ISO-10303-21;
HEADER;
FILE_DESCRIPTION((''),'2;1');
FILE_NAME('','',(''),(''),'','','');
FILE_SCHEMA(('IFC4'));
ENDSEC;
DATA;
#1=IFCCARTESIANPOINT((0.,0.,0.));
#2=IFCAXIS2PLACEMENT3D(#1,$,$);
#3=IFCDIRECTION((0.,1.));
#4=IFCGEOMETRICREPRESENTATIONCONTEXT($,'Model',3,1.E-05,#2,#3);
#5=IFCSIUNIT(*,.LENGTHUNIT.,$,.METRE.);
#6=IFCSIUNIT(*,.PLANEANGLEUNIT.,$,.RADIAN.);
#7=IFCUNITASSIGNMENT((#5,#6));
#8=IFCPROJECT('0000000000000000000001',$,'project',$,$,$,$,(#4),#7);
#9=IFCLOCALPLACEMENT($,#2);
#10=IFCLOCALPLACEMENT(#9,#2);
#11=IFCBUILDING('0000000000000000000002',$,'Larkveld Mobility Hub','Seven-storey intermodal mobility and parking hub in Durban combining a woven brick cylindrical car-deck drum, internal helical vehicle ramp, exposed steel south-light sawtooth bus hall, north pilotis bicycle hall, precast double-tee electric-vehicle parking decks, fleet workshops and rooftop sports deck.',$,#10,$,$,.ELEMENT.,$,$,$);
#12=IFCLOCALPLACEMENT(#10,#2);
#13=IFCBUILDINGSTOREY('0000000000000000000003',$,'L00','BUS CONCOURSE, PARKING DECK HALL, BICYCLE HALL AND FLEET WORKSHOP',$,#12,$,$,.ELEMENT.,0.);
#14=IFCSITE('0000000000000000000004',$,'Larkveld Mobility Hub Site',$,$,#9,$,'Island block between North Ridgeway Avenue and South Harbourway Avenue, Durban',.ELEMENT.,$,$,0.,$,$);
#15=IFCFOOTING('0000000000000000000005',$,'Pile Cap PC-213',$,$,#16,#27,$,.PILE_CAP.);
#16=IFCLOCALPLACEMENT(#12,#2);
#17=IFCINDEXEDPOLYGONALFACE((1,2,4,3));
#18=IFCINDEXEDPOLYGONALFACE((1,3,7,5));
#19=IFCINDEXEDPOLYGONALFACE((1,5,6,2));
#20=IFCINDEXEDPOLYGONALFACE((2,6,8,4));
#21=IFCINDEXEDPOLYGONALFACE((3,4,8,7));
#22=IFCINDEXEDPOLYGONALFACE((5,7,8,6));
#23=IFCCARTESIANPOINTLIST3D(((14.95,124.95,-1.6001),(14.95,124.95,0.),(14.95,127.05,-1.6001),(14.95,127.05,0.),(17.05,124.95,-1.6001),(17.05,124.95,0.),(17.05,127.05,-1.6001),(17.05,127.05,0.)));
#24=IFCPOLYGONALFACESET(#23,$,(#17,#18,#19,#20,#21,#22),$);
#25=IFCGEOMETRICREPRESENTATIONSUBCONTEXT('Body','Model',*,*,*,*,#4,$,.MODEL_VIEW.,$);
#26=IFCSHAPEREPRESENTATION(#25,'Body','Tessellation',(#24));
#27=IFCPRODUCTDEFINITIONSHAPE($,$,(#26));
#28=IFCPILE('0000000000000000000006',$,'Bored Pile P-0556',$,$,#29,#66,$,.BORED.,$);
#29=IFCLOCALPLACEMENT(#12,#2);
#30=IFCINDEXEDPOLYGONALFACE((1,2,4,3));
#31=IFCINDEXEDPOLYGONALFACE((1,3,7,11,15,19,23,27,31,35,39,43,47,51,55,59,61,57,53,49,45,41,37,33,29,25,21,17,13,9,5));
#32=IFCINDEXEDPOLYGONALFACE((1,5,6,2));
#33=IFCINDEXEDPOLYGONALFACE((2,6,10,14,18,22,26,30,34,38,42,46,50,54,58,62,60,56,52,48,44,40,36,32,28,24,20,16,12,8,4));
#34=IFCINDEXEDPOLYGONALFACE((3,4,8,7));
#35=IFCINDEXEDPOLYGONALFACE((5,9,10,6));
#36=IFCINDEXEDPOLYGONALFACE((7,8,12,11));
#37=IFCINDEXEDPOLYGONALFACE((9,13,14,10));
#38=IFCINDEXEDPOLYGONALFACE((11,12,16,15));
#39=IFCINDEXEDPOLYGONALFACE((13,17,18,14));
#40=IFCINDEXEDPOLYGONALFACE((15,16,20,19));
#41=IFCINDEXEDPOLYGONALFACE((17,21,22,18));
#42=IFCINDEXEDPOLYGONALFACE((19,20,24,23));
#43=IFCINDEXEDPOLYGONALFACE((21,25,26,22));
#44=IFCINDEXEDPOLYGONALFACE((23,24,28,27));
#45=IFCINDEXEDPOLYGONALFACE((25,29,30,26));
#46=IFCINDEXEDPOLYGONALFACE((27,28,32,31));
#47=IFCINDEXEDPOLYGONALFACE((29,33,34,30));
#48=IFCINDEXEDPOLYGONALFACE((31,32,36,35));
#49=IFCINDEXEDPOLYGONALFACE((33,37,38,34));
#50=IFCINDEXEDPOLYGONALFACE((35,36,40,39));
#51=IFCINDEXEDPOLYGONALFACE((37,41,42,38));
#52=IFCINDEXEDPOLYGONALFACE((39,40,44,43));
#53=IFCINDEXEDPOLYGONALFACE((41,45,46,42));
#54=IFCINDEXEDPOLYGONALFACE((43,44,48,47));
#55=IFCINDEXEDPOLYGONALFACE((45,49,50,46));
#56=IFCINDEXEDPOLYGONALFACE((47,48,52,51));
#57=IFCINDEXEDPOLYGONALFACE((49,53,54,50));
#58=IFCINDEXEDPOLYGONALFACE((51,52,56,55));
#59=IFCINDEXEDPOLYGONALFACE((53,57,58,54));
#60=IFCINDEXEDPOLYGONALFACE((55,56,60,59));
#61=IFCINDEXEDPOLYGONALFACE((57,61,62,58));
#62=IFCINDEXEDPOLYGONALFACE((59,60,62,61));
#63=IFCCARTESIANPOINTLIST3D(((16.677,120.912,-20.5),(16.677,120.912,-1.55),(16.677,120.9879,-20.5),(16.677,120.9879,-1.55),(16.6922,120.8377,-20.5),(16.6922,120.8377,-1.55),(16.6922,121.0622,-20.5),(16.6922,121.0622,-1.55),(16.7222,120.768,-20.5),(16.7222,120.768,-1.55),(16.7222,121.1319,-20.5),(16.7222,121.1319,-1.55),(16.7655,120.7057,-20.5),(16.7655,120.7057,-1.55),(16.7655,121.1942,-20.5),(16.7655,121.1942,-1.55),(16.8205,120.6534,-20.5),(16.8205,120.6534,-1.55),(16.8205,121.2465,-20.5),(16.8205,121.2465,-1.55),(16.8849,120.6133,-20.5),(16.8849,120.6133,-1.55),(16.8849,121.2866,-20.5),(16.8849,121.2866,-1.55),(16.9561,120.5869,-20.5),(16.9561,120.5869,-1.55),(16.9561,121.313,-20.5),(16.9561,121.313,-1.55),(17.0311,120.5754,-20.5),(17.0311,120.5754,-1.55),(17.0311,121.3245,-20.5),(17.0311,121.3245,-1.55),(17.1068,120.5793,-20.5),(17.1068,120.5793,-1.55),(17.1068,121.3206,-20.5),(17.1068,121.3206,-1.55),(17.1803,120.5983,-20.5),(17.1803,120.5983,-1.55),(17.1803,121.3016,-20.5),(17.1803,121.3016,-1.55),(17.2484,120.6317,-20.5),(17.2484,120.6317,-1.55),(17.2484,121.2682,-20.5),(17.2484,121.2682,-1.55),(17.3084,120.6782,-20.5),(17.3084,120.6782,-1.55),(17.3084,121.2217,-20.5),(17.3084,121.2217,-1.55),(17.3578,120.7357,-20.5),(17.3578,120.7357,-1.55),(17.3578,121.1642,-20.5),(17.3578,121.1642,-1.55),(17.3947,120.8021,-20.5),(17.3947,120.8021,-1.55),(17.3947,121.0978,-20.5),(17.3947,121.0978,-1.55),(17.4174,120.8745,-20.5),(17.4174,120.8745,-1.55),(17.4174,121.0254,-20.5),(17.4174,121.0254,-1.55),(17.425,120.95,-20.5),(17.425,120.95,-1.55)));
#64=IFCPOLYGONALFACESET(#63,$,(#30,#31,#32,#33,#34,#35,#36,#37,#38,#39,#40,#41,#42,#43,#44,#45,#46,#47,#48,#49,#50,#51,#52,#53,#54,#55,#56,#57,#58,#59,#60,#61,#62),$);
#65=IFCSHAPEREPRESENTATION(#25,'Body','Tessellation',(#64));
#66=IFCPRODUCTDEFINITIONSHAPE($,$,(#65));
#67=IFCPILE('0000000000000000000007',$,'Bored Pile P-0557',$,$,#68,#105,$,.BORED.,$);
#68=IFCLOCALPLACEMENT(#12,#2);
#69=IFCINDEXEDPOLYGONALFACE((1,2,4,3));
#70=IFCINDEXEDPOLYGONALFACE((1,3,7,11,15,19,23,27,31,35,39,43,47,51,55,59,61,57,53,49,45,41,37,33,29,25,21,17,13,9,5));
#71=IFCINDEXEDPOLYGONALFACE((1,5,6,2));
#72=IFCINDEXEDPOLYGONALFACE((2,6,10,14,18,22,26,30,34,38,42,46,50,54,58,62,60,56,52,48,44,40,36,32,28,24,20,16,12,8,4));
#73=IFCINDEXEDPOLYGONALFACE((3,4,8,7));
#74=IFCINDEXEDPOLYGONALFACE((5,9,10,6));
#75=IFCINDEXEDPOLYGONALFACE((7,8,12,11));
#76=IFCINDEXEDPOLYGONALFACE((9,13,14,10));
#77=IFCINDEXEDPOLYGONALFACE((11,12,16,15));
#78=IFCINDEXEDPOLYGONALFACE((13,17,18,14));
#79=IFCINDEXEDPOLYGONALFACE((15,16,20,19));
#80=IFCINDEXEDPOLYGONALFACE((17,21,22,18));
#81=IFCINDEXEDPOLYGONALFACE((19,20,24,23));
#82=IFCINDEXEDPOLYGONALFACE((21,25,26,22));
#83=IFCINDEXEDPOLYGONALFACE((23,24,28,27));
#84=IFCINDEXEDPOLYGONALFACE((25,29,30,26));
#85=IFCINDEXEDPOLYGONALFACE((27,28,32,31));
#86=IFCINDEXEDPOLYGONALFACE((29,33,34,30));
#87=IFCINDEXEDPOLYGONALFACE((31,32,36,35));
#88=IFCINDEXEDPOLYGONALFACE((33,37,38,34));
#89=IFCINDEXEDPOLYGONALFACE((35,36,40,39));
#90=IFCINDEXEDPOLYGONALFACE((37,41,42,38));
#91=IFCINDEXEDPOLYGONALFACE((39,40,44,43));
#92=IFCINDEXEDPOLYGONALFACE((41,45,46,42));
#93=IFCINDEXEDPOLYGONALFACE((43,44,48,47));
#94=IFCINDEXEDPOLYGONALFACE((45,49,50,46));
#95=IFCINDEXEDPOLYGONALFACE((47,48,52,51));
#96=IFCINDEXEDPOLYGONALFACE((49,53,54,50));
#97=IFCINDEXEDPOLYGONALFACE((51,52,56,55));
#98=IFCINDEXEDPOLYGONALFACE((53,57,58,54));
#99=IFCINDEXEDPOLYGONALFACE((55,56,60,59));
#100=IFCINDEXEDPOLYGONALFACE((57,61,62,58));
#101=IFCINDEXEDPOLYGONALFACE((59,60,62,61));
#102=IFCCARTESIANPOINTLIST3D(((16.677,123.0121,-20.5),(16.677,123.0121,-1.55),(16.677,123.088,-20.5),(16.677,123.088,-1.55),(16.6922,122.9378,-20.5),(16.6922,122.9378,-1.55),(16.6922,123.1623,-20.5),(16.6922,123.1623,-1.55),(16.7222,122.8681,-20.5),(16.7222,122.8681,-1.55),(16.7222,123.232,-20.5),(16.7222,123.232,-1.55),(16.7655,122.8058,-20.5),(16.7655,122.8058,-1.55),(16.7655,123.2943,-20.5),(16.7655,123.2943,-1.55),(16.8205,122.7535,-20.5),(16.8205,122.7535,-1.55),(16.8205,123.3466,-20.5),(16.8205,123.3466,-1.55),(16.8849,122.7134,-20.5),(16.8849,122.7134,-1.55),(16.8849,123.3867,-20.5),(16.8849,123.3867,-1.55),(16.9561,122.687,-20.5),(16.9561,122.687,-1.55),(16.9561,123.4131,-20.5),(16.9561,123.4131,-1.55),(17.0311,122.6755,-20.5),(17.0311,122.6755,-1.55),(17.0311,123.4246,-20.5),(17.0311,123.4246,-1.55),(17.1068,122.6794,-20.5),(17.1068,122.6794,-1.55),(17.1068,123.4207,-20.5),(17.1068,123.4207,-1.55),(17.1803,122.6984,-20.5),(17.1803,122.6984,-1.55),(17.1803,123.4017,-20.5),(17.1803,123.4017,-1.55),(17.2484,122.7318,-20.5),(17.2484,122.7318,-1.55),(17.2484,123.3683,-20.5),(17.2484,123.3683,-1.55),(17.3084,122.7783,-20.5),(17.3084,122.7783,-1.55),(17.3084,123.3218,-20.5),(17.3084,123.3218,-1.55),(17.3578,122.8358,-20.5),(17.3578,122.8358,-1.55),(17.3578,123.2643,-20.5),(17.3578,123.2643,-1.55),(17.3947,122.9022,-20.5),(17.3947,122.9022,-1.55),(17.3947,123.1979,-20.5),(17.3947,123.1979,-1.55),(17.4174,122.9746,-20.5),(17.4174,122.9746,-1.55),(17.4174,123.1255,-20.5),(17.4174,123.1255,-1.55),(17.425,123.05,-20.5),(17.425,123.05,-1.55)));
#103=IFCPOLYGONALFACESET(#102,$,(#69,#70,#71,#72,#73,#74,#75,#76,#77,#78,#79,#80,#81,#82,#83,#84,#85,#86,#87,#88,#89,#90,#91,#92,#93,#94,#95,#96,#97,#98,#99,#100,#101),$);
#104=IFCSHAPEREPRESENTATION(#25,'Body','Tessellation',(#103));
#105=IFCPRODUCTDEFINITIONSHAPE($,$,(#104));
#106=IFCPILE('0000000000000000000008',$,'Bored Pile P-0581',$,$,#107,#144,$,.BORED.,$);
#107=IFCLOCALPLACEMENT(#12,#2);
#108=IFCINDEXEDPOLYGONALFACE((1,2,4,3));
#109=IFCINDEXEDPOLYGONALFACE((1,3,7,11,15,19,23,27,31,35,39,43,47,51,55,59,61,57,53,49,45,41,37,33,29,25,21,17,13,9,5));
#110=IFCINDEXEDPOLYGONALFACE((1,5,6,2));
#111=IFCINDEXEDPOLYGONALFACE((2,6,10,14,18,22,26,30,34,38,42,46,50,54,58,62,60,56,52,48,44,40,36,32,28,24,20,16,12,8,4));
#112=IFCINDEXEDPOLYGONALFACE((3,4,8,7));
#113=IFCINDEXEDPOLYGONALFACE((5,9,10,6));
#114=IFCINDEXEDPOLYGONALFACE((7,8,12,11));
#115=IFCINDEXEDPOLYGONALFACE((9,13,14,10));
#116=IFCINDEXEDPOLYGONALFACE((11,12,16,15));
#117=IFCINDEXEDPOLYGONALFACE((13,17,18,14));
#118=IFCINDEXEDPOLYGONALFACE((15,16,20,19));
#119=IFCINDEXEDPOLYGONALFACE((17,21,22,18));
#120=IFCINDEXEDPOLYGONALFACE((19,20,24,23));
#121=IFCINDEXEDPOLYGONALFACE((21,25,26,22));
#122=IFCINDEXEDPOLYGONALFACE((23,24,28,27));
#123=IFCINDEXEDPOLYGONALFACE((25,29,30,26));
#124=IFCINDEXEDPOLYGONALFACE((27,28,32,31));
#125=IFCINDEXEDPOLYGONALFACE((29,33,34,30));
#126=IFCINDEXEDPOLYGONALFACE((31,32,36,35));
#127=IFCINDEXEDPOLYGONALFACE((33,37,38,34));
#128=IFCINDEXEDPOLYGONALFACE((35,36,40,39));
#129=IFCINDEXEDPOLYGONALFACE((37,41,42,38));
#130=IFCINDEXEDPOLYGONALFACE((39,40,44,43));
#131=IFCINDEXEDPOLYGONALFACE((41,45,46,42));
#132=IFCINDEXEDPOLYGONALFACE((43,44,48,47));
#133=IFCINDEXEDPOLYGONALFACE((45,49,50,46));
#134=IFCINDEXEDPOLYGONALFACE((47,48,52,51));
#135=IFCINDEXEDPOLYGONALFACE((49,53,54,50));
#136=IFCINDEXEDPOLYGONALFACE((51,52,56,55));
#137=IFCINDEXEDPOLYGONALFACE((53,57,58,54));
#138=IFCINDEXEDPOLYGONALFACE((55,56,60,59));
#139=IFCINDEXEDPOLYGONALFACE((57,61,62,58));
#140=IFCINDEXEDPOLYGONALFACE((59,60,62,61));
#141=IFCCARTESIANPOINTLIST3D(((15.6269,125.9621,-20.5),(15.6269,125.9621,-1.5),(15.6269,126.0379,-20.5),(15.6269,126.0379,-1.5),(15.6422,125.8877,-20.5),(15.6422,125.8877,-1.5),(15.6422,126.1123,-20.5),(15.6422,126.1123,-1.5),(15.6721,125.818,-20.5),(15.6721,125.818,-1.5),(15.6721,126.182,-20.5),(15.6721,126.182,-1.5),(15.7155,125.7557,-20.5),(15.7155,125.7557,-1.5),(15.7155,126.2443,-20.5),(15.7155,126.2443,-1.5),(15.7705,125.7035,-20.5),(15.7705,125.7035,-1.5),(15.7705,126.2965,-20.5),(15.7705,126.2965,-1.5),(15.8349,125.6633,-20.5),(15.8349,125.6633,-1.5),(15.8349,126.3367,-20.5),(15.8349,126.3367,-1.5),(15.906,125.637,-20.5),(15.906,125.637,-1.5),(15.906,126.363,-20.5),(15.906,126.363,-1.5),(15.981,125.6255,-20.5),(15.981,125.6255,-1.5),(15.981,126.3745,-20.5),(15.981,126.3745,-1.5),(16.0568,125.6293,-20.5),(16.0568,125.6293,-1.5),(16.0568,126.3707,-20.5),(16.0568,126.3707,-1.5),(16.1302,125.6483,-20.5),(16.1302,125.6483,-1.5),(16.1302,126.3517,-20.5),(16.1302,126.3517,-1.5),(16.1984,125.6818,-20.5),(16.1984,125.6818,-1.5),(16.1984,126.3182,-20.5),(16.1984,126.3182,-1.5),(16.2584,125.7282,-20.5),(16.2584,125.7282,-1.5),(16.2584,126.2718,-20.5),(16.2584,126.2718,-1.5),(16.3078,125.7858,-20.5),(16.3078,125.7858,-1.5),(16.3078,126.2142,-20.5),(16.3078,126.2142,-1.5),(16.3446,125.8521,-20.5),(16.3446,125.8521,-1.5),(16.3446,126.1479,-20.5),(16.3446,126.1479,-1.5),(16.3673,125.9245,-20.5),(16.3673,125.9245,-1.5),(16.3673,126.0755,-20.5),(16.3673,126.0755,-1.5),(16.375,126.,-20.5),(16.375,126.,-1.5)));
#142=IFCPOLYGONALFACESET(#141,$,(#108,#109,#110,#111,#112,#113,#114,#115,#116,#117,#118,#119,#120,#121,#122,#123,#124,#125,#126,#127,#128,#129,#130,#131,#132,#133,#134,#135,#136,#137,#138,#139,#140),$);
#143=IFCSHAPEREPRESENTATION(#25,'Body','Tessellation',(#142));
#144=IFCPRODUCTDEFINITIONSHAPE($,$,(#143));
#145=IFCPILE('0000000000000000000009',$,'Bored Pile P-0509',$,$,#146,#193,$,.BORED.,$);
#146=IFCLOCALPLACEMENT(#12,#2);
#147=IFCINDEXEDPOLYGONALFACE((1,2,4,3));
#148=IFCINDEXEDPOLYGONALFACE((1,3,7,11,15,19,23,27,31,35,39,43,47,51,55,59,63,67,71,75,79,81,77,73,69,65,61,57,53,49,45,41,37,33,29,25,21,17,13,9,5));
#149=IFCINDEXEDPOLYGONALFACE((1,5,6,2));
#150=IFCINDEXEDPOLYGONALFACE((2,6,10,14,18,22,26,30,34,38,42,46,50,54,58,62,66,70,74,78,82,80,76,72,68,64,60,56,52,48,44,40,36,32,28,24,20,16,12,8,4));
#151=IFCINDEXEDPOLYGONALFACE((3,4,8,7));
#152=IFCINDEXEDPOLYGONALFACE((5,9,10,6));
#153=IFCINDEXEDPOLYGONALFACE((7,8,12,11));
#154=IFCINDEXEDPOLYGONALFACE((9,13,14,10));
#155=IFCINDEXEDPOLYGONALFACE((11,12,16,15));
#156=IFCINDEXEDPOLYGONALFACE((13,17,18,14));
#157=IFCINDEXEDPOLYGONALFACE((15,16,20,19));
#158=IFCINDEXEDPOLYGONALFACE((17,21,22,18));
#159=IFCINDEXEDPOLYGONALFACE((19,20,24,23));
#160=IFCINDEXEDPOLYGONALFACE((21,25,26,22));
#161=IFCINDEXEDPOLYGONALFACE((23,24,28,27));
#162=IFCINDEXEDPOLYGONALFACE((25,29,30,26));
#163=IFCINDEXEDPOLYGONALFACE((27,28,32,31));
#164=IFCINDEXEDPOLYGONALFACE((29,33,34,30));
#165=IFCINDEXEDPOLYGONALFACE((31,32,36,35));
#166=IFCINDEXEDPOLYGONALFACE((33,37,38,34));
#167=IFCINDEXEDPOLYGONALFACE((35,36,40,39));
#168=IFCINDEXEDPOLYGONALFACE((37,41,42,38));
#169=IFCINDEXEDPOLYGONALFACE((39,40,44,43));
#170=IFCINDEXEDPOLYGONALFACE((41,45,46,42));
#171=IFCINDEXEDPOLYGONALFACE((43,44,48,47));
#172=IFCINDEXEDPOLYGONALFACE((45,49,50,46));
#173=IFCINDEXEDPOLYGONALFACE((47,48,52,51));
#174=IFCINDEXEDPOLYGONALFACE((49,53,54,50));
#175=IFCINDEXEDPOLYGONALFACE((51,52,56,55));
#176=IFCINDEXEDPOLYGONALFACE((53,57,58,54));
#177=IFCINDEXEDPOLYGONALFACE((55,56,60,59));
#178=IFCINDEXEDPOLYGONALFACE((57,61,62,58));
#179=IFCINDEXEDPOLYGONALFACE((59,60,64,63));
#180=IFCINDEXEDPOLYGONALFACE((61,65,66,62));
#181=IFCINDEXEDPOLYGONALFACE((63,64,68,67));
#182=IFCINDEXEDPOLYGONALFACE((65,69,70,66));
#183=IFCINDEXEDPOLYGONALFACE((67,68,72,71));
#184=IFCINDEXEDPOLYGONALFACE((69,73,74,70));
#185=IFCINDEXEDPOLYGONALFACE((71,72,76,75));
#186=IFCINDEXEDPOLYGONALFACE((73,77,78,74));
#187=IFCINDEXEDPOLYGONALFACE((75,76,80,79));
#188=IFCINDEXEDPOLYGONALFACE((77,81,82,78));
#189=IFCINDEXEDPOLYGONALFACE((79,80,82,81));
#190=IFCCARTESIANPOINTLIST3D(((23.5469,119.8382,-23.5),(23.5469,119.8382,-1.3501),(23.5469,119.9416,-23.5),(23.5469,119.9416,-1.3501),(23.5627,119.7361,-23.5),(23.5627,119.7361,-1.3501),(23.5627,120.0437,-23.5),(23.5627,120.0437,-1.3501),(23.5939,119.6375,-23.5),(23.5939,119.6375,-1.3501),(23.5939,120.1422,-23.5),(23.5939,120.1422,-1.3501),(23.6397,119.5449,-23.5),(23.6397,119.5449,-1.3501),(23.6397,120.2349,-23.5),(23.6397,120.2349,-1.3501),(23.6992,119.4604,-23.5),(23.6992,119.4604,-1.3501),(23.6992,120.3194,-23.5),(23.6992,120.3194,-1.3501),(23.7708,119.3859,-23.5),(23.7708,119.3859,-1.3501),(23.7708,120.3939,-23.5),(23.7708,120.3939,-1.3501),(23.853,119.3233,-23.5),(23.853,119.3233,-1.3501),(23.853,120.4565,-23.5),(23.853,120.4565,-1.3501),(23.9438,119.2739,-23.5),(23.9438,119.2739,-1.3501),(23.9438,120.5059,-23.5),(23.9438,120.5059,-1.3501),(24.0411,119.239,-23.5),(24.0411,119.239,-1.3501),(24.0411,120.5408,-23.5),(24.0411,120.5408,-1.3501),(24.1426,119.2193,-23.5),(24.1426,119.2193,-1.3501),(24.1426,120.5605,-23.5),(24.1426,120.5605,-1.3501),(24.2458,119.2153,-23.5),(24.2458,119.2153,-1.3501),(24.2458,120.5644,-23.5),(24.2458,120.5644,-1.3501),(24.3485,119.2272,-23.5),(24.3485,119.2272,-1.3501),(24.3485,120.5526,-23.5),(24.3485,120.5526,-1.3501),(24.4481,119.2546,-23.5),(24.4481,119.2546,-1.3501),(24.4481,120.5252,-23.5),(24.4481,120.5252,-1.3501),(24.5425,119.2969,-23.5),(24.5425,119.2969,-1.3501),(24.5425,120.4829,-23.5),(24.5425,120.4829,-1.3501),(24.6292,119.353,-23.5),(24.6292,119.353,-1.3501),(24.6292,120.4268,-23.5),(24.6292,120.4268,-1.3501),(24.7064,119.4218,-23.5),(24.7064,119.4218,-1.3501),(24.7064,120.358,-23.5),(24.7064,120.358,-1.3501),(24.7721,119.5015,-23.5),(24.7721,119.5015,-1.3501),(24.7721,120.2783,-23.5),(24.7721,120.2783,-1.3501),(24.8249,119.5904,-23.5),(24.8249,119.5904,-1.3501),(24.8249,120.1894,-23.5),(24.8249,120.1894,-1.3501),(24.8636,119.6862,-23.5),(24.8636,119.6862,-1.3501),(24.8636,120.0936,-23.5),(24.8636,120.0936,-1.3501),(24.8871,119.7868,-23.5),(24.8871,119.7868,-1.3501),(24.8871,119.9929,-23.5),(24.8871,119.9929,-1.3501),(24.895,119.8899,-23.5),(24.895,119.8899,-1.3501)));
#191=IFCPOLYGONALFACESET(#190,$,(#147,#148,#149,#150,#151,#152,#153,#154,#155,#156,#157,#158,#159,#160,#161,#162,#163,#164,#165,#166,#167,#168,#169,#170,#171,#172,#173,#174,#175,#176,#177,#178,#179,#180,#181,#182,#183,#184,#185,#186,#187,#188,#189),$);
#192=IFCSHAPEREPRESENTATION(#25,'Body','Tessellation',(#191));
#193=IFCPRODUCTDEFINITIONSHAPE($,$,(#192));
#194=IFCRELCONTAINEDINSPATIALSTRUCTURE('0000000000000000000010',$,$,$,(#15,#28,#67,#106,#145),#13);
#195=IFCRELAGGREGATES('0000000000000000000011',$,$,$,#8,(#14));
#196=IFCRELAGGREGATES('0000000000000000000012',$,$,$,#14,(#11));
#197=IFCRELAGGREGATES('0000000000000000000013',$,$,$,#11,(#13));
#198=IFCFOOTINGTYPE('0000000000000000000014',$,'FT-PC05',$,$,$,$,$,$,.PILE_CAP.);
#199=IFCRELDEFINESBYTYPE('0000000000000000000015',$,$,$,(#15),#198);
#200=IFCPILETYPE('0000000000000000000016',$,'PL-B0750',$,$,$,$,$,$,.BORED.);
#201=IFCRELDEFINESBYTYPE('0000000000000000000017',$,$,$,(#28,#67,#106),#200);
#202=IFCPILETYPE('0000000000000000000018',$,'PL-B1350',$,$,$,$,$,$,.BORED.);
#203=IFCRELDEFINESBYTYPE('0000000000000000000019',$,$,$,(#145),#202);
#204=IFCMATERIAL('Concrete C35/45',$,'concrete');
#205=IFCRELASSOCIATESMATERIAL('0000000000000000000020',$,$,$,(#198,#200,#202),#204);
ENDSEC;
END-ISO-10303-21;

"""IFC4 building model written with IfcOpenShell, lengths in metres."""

from ifc_helpers import new_model, si_unit, direction, frame, origin, origin_2d, place, context, subcontext, project, spatial, rectangle, circle, extrude, material, material_profile, profile_set, type_object, element, save


model = new_model("IFC4")

# Units and contexts
model_context = context("Model", 3, precision=1e-05, world=origin(), true_north=direction((0.0, 1.0)))
body_context = subcontext(model_context, "Body", "Model", "MODEL_VIEW")
ifc_project = project(units=[si_unit("LENGTHUNIT", "METRE"), si_unit("PLANEANGLEUNIT", "RADIAN")], contexts=[model_context])

# Site, building, storey
site_placement = place(None, origin())
site = spatial("IfcSite", under=ifc_project, at=site_placement, Name="Larkveld Mobility Hub Site", LongName="Island block between North Ridgeway Avenue and South Harbourway Avenue, Durban", CompositionType="ELEMENT", RefElevation=0.0)
building_placement = place(site_placement, origin())
building = spatial("IfcBuilding", under=site, at=building_placement, Name="Larkveld Mobility Hub", Description="Seven-storey intermodal mobility and parking hub in Durban combining a woven brick cylindrical car-deck drum, internal helical vehicle ramp, exposed steel south-light sawtooth bus hall, north pilotis bicycle hall, precast double-tee electric-vehicle parking decks, fleet workshops and rooftop sports deck.", CompositionType="ELEMENT")
storey_placement = place(building_placement, origin())
storey = spatial("IfcBuildingStorey", under=building, at=storey_placement, Name="L00", Description="BUS CONCOURSE, PARKING DECK HALL, BICYCLE HALL AND FLEET WORKSHOP", CompositionType="ELEMENT", Elevation=0.0)

# Footing
ifc_material_1 = material(Name="Concrete C35/45", Category="concrete")
footing_type = type_object("IfcFootingType", Name="FT-PC05", PredefinedType="PILE_CAP", material=ifc_material_1)
footing_placement = place(storey_placement, frame((16.0, 126.0, -1.6001), z_axis=(0.0, 0.0, 1.0), x_axis=(1.0, 0.0, 0.0)))
element("IfcFooting", 1, at=footing_placement, inside=storey, type_object=footing_type, Name="Pile Cap PC-213", PredefinedType="PILE_CAP", context=body_context, shape_type="SweptSolid", body=[
    extrude(rectangle(XDim=2.1001, YDim=2.1001, at=origin_2d()), origin(), (0.0, 0.0, 1.0), 1.6001),
])

# Piles
ifc_material_profile_1 = material_profile(ifc_material_1, circle(Radius=0.375, at=origin_2d()), Name="PILE D750")
ifc_profile_set_1 = profile_set([ifc_material_profile_1], Name="Concrete C35/45")
pile_type_1 = type_object("IfcPileType", Name="PL-B0750", PredefinedType="BORED", material=ifc_profile_set_1)
for number, where, z_axis, x_axis, name in (
    (2, (17.05, 120.95, -1.55), (0.0, 0.0, -1.0), (1.0, 0.0, 0.0), "Bored Pile P-0556"),
    (3, (17.05, 123.05, -1.55), (0.0, 0.0, -1.0), (1.0, 0.0, 0.0), "Bored Pile P-0557"),
):
    element("IfcPile", number, at=place(storey_placement, frame(where, z_axis=z_axis, x_axis=x_axis)), inside=storey, type_object=pile_type_1, Name=name, PredefinedType="BORED", context=body_context, shape_type="SweptSolid", body=[
        extrude(circle(Radius=0.375, at=origin_2d()), origin(), (0.0, 0.0, 1.0), 18.95),
    ])
pile_placement = place(storey_placement, frame((16.0, 126.0, -1.5), z_axis=(0.0, 0.0, -1.0), x_axis=(1.0, 0.0, 0.0)))
element("IfcPile", 4, at=pile_placement, inside=storey, type_object=pile_type_1, Name="Bored Pile P-0581", PredefinedType="BORED", context=body_context, shape_type="SweptSolid", body=[
    extrude(circle(Radius=0.375, at=origin_2d()), origin(), (0.0, 0.0, 1.0), 19.0),
])
ifc_material_profile_2 = material_profile(ifc_material_1, circle(Radius=0.675, at=origin_2d()), Name="PILE D1350")
ifc_profile_set_2 = profile_set([ifc_material_profile_2], Name="Concrete C35/45")
pile_type_2 = type_object("IfcPileType", Name="PL-B1350", PredefinedType="BORED", material=ifc_profile_set_2)
for number, where, z_axis, x_axis, name in (
    (5, (24.22, 119.8899, -1.3501), (0.0, 0.0, -1.0), (1.0, 0.0, 0.0), "Bored Pile P-0509"),
):
    element("IfcPile", number, at=place(storey_placement, frame(where, z_axis=z_axis, x_axis=x_axis)), inside=storey, type_object=pile_type_2, Name=name, PredefinedType="BORED", context=body_context, shape_type="SweptSolid", body=[
        extrude(circle(Radius=0.675, at=origin_2d()), origin(), (0.0, 0.0, 1.0), 22.1499),
    ])

save(model, "model.ifc")
